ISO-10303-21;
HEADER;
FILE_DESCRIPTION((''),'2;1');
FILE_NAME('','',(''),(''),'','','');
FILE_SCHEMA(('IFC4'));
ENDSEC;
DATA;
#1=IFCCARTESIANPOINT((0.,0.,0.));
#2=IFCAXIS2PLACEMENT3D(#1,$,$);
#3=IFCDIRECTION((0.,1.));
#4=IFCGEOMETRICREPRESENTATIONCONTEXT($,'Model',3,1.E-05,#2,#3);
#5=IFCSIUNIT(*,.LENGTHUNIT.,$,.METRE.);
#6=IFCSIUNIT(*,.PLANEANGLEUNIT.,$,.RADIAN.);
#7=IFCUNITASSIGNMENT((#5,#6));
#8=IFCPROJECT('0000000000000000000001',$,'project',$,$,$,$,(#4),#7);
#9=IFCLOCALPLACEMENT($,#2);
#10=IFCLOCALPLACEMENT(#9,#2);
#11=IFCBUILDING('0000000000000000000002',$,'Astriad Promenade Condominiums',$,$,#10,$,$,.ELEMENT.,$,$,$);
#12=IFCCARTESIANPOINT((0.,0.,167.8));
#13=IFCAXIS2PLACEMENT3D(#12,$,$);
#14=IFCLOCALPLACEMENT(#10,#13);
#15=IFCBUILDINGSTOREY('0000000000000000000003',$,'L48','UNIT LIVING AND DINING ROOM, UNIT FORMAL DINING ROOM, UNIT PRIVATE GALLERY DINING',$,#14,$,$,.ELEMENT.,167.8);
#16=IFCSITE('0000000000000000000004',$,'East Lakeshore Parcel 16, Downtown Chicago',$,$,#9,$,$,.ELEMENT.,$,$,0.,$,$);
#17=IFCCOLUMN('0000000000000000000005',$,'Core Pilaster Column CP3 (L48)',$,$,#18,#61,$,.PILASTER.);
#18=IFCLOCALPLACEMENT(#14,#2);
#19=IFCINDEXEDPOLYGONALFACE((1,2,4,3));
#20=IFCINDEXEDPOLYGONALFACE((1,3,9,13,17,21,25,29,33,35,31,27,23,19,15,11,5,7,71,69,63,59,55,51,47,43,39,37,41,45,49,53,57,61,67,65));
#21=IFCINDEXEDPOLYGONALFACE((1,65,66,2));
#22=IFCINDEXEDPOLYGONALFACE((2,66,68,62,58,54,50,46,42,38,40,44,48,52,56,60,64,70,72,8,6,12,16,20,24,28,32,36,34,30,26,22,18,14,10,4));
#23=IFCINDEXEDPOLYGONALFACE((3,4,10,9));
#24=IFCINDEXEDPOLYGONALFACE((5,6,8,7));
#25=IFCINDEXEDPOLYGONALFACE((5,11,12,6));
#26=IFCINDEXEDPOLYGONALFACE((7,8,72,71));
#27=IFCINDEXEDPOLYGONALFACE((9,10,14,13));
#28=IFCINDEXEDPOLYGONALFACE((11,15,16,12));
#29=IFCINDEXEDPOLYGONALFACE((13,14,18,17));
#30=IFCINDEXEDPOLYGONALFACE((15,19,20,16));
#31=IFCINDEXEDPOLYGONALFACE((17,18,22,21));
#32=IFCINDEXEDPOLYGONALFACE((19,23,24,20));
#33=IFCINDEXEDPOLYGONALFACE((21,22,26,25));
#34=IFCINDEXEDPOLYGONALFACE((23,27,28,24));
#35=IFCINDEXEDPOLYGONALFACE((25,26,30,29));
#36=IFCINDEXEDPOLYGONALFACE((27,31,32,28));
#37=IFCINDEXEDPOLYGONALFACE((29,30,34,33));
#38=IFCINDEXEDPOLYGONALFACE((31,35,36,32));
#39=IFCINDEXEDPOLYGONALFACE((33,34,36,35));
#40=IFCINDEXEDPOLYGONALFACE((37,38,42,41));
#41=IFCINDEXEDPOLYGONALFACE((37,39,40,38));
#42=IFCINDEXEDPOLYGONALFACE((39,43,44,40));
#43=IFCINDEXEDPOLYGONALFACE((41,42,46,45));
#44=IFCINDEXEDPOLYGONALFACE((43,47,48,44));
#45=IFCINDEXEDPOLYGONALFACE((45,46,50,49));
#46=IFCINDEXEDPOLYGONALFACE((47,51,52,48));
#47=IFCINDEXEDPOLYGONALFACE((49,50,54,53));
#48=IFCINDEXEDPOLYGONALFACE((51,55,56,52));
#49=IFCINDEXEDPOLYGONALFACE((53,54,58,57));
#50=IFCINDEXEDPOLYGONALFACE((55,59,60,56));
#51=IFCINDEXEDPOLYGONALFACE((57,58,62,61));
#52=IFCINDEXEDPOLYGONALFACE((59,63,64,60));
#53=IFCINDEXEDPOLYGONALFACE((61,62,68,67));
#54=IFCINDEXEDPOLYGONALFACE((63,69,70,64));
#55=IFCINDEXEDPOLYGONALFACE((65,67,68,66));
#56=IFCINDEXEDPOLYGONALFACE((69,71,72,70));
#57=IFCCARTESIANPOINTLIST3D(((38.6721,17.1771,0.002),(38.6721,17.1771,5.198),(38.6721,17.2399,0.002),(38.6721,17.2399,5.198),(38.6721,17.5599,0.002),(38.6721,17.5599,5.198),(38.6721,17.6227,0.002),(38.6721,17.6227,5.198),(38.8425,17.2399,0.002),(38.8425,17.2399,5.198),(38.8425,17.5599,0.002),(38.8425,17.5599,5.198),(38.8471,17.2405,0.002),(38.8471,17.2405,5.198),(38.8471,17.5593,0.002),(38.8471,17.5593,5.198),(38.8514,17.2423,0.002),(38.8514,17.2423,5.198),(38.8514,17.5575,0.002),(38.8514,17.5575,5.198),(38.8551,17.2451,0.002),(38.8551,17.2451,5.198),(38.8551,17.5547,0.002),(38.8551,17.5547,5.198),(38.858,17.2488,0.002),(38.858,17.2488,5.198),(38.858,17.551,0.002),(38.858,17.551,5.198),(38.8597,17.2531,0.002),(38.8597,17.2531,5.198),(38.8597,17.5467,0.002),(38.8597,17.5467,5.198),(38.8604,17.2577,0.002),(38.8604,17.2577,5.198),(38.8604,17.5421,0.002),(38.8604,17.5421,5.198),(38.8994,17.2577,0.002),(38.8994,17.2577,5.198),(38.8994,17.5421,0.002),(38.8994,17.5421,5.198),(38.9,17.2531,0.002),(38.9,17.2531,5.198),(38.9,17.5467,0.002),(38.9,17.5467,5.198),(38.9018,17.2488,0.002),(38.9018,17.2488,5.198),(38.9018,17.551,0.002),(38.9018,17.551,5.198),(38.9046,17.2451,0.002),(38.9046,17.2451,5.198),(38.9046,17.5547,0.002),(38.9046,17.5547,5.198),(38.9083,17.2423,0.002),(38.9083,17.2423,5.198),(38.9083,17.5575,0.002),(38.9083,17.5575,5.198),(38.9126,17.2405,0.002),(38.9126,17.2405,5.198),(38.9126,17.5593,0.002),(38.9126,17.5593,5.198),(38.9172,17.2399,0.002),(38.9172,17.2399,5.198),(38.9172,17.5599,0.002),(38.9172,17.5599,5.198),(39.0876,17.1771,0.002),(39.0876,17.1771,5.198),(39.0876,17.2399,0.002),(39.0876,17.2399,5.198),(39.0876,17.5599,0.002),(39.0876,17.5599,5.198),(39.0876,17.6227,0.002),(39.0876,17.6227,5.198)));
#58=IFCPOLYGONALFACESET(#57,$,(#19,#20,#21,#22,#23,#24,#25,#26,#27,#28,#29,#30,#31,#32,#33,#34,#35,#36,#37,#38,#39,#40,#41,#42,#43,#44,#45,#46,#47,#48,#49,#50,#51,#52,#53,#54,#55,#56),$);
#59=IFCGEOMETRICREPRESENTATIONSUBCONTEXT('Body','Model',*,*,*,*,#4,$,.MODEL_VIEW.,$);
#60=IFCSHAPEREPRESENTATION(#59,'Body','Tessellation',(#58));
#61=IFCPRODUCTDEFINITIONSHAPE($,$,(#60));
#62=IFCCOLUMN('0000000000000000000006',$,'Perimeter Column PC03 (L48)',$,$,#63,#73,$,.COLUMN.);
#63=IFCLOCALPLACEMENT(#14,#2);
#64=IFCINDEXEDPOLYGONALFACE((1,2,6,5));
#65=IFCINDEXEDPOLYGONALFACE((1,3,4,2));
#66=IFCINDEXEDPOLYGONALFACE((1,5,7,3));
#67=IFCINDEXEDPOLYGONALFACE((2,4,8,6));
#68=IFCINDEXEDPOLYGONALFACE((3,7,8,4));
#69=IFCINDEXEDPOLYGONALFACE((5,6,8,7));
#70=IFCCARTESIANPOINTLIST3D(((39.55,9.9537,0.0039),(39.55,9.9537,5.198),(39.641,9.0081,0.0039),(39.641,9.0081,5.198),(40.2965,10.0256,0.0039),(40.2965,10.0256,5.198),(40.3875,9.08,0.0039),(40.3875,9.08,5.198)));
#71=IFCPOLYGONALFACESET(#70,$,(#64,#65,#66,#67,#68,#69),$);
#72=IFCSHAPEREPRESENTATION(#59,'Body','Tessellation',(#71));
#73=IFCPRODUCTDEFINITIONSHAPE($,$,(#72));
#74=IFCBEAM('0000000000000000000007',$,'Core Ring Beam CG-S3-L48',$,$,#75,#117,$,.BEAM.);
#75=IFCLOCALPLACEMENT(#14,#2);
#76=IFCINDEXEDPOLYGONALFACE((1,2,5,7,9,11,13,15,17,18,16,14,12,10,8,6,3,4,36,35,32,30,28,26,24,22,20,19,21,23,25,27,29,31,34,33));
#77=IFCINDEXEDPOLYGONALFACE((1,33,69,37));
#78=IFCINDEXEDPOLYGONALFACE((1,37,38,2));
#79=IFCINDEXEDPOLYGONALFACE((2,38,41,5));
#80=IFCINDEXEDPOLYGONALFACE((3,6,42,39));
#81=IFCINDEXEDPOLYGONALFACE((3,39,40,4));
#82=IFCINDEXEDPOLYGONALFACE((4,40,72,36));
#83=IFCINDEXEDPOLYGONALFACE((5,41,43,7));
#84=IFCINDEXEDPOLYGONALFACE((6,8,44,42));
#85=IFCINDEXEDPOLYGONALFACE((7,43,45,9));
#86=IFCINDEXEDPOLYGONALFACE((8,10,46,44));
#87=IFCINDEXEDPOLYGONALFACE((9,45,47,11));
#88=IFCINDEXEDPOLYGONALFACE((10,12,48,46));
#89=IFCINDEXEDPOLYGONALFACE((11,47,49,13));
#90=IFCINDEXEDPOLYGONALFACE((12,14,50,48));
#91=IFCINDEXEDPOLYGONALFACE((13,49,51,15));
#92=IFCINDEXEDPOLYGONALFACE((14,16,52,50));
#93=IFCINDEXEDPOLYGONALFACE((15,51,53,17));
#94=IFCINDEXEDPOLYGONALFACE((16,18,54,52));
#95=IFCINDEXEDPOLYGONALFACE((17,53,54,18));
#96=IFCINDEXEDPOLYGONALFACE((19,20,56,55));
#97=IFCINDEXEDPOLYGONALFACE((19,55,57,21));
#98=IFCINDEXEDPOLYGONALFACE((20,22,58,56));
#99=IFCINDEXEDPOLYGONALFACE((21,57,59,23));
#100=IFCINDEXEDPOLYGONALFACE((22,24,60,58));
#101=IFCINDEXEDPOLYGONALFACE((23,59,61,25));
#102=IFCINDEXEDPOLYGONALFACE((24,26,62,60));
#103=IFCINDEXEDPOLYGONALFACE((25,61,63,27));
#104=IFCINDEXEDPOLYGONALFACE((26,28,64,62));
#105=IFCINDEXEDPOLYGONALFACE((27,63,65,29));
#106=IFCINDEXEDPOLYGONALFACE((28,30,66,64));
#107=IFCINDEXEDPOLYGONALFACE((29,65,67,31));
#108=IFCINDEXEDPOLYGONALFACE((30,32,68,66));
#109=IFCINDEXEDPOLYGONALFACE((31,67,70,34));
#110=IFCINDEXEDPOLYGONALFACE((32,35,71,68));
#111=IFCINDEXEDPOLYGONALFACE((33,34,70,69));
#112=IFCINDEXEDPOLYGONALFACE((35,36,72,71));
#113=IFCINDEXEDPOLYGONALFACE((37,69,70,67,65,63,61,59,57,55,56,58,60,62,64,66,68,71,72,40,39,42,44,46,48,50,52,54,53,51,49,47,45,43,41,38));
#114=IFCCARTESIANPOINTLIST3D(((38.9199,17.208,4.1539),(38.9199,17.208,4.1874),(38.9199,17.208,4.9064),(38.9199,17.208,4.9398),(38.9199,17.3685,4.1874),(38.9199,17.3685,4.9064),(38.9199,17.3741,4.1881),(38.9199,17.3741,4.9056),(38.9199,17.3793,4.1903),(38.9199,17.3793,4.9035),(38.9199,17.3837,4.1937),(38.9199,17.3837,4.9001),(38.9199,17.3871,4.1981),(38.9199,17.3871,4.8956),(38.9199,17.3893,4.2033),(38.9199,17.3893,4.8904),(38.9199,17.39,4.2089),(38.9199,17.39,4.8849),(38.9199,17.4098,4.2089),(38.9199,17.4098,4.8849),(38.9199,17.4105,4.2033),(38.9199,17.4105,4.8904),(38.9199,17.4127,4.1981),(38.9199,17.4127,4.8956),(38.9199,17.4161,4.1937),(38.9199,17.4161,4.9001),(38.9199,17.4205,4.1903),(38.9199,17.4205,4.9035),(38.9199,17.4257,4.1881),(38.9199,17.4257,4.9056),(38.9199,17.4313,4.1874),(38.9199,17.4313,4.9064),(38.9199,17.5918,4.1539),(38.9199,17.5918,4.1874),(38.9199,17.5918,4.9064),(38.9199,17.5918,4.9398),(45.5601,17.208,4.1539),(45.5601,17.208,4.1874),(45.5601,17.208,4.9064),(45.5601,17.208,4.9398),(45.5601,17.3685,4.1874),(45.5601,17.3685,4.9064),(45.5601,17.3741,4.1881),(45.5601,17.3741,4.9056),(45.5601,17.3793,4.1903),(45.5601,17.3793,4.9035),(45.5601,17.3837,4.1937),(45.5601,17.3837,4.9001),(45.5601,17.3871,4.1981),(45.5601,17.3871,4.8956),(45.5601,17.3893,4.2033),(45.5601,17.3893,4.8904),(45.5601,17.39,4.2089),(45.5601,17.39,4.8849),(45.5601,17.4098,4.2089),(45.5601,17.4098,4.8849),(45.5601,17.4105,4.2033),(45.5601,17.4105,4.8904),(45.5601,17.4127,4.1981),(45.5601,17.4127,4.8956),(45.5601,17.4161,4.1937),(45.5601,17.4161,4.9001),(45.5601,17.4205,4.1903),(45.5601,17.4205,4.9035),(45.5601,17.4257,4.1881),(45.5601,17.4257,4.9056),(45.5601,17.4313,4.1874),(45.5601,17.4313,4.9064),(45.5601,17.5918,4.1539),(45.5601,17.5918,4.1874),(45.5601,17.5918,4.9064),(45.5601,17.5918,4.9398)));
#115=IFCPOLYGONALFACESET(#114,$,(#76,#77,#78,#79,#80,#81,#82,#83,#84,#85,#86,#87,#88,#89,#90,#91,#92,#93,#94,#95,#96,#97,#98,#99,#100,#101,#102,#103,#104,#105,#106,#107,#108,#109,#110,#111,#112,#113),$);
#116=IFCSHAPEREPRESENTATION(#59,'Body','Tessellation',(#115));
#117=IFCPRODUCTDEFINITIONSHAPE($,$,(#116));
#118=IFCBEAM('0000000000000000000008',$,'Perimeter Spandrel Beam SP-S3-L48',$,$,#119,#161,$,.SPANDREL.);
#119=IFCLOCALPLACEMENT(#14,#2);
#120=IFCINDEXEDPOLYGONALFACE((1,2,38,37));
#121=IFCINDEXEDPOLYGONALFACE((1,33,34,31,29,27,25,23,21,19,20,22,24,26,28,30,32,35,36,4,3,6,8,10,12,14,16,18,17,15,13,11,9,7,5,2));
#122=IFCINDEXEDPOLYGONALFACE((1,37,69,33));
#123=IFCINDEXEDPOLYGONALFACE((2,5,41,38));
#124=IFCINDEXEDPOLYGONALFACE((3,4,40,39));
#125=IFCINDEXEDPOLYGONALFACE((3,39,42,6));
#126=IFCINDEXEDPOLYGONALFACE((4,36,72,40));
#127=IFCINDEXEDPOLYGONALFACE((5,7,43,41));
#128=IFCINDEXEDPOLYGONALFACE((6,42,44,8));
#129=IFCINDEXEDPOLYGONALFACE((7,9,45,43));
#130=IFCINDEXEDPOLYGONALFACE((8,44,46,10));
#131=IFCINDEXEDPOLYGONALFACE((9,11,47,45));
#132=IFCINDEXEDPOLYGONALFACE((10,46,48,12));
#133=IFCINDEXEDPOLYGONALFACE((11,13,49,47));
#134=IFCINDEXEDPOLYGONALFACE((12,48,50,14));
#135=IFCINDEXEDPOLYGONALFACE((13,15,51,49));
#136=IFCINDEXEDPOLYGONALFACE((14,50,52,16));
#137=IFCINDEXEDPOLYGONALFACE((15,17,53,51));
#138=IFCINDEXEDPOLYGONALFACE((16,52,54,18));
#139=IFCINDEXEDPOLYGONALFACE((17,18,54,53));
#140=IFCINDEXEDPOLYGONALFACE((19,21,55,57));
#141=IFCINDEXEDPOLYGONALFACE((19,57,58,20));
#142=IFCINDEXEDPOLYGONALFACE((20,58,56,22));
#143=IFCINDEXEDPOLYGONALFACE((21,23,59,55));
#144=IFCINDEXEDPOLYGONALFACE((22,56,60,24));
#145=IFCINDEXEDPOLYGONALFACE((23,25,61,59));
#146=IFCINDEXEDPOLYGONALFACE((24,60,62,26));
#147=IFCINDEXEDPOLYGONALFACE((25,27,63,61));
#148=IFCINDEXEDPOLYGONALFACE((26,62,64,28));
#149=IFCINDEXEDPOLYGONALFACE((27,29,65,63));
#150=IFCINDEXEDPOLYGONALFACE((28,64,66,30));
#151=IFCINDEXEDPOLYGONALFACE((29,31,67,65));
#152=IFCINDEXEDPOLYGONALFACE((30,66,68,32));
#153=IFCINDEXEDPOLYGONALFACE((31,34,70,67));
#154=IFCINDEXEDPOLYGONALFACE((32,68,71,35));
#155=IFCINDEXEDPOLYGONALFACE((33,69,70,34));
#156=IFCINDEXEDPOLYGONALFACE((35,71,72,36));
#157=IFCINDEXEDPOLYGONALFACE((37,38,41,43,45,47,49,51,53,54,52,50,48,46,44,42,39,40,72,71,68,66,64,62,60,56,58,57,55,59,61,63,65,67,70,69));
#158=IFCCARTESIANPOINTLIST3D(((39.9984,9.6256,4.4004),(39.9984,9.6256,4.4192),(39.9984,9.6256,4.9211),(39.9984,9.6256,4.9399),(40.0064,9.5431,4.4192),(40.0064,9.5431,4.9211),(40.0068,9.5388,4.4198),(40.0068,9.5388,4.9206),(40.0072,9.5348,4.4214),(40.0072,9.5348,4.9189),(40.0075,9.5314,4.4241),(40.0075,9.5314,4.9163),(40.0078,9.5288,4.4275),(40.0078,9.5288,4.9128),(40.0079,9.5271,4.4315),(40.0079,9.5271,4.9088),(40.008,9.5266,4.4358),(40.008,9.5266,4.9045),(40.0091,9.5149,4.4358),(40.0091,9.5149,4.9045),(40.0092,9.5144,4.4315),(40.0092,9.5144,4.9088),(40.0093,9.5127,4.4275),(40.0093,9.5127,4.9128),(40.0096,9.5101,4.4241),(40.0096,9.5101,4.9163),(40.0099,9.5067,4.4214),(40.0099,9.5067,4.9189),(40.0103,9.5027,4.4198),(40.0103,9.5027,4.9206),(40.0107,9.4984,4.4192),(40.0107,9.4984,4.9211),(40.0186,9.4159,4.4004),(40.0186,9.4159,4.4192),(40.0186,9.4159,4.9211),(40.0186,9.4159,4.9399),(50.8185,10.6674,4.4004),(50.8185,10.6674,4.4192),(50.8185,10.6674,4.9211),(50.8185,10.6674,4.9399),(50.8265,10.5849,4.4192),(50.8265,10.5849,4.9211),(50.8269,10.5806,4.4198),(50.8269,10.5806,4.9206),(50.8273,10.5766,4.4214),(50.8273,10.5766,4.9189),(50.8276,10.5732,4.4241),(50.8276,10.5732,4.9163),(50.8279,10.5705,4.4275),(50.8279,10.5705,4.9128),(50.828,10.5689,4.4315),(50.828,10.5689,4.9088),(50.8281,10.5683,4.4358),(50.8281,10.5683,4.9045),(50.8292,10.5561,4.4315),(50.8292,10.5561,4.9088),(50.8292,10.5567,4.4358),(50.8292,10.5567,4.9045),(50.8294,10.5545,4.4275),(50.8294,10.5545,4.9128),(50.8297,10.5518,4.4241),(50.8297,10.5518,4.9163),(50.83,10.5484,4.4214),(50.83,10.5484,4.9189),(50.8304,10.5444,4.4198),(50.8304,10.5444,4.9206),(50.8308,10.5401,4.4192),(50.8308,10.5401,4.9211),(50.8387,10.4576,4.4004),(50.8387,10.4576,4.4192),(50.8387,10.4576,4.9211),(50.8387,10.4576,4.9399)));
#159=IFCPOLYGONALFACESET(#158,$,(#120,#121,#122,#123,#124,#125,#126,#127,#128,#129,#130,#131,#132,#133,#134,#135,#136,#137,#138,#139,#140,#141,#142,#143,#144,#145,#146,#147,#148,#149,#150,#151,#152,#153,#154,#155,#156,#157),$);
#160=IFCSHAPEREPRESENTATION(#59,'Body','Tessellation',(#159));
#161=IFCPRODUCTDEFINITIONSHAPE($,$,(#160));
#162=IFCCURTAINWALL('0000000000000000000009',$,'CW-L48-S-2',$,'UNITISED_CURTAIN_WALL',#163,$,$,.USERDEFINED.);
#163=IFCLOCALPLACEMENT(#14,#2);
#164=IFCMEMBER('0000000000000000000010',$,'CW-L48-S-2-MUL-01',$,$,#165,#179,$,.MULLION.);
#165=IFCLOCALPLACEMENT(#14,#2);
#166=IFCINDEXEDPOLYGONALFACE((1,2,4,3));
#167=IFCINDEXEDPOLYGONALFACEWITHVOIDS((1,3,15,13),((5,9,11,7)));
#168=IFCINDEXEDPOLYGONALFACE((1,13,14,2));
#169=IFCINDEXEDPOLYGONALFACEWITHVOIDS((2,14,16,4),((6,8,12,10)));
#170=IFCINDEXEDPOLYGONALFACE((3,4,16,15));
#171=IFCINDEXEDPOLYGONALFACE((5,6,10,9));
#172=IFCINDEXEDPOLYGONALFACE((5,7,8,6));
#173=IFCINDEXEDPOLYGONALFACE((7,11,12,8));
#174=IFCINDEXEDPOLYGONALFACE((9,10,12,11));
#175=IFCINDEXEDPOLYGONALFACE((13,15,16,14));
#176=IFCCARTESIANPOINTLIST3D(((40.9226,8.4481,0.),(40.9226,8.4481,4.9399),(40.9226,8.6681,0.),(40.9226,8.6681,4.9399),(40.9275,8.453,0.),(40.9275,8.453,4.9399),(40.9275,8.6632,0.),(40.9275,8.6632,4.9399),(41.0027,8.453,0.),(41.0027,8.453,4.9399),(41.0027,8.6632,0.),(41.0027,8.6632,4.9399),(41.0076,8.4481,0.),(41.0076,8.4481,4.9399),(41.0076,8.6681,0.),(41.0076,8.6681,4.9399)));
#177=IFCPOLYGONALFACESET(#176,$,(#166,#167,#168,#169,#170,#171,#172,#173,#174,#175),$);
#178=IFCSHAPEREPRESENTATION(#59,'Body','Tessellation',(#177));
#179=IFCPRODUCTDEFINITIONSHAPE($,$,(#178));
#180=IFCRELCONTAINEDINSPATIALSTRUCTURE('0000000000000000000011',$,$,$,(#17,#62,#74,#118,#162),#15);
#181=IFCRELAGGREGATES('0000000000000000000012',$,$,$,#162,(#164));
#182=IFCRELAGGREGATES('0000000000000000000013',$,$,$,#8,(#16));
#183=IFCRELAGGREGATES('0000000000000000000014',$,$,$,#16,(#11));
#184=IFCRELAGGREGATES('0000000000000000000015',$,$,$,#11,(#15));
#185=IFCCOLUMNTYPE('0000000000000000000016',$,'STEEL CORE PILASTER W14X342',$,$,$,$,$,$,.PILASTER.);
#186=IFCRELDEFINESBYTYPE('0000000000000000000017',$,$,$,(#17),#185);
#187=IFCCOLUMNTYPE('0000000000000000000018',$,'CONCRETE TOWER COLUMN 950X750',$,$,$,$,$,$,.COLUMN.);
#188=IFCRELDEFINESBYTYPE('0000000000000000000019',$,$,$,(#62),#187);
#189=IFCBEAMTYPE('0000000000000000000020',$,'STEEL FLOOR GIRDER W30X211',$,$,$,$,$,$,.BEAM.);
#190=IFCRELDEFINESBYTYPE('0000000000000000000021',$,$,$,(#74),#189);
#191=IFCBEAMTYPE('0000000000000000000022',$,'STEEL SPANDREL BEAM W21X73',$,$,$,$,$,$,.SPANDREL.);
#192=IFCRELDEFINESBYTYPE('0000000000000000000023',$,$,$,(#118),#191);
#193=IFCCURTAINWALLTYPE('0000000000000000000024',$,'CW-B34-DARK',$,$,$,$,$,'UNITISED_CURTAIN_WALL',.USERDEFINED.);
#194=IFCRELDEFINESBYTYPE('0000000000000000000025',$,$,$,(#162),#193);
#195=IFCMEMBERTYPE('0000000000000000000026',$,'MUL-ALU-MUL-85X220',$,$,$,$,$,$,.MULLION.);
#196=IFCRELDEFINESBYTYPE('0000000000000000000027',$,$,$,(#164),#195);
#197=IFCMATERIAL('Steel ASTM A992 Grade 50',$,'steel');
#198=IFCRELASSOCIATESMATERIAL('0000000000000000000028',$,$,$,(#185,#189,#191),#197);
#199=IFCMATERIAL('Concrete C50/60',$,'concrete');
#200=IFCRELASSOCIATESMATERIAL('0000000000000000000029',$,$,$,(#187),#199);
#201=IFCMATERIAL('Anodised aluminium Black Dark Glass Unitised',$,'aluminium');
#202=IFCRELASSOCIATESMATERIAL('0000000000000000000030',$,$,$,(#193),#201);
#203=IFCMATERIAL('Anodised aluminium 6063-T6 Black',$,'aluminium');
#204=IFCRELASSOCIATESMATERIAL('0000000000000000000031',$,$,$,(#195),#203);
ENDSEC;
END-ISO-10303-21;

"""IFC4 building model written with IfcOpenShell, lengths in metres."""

from ifc_helpers import new_model, si_unit, direction, frame, origin, origin_2d, place, context, subcontext, project, spatial, rectangle, hollow_rectangle, i_section, extrude, source, transform, mapped, material, material_profile, profile_set, type_object, type_shapes, element, aggregate, save


model = new_model("IFC4")

# Units and contexts
model_context = context("Model", 3, precision=1e-05, world=origin(), true_north=direction((0.0, 1.0)))
body_context = subcontext(model_context, "Body", "Model", "MODEL_VIEW")
ifc_project = project(units=[si_unit("LENGTHUNIT", "METRE"), si_unit("PLANEANGLEUNIT", "RADIAN")], contexts=[model_context])

# Site, building, storey
site_placement = place(None, origin())
site = spatial("IfcSite", under=ifc_project, at=site_placement, Name="East Lakeshore Parcel 16, Downtown Chicago", CompositionType="ELEMENT", RefElevation=0.0)
building_placement = place(site_placement, origin())
building = spatial("IfcBuilding", under=site, at=building_placement, Name="Astriad Promenade Condominiums", CompositionType="ELEMENT")
storey_placement = place(building_placement, frame((0.0, 0.0, 167.8)))
storey = spatial("IfcBuildingStorey", under=building, at=storey_placement, Name="L48", Description="UNIT LIVING AND DINING ROOM, UNIT FORMAL DINING ROOM, UNIT PRIVATE GALLERY DINING", CompositionType="ELEMENT", Elevation=167.8)

# Columns
ifc_material_1 = material(Name="Steel ASTM A992 Grade 50", Category="steel")
ifc_material_profile_1 = material_profile(ifc_material_1, i_section(OverallWidth=0.4155, OverallDepth=0.4456, WebThickness=0.0391, FlangeThickness=0.0627, FilletRadius=0.0178, at=origin_2d()), Name="W14X342")
ifc_profile_set_1 = profile_set([ifc_material_profile_1], Name="Steel ASTM A992 Grade 50")
column_type_1 = type_object("IfcColumnType", Name="STEEL CORE PILASTER W14X342", PredefinedType="PILASTER", material=ifc_profile_set_1)
shared_shape_1 = source(origin(), body_context, "Body", "SweptSolid", [
    extrude(i_section(OverallWidth=0.4155, OverallDepth=0.4456, WebThickness=0.0391, FlangeThickness=0.0627, FilletRadius=0.0178, at=origin_2d()), origin(), (0.0, 0.0, 1.0), 5.196),
])
type_shapes(column_type_1, [shared_shape_1])
column_1_placement = place(storey_placement, frame((38.8799, 17.3999, 0.002), z_axis=(0.0, 0.0, 1.0), x_axis=(1.0, 0.0, 0.0)))
element("IfcColumn", 1, at=column_1_placement, inside=storey, type_object=column_type_1, Name="Core Pilaster Column CP3 (L48)", PredefinedType="PILASTER", context=body_context, shape_type="MappedRepresentation", body=[
    mapped(shared_shape_1, transform((0.0, 0.0, 0.0), scale=1.0)),
])
ifc_material_2 = material(Name="Concrete C50/60", Category="concrete")
ifc_material_profile_2 = material_profile(ifc_material_2, rectangle(XDim=0.75, YDim=0.95, at=origin_2d()), Name="RC-COL-950X750")
ifc_profile_set_2 = profile_set([ifc_material_profile_2], Name="Concrete C50/60")
column_type_2 = type_object("IfcColumnType", Name="CONCRETE TOWER COLUMN 950X750", PredefinedType="COLUMN", material=ifc_profile_set_2)
shared_shape_2 = source(origin(), body_context, "Body", "SweptSolid", [
    extrude(rectangle(XDim=0.75, YDim=0.95, at=origin_2d()), origin(), (0.0, 0.0, 1.0), 5.1941),
])
type_shapes(column_type_2, [shared_shape_2])
column_2_placement = place(storey_placement, frame((39.9688, 9.5168, 0.0039), z_axis=(0.0, 0.0, 1.0), x_axis=(0.995396, 0.095846, 0.0)))
element("IfcColumn", 2, at=column_2_placement, inside=storey, type_object=column_type_2, Name="Perimeter Column PC03 (L48)", PredefinedType="COLUMN", context=body_context, shape_type="MappedRepresentation", body=[
    mapped(shared_shape_2, transform((0.0, 0.0, 0.0), scale=1.0)),
])

# Beams
ifc_material_profile_3 = material_profile(ifc_material_1, i_section(OverallWidth=0.3838, OverallDepth=0.7859, WebThickness=0.0198, FlangeThickness=0.0334, FilletRadius=0.0215, at=origin_2d()), Name="W30X211")
ifc_profile_set_3 = profile_set([ifc_material_profile_3], Name="Steel ASTM A992 Grade 50")
beam_type_1 = type_object("IfcBeamType", Name="STEEL FLOOR GIRDER W30X211", PredefinedType="BEAM", material=ifc_profile_set_3)
shared_shape_3 = source(origin(), body_context, "Body", "SweptSolid", [
    extrude(i_section(OverallWidth=0.3838, OverallDepth=0.7859, WebThickness=0.0198, FlangeThickness=0.0334, FilletRadius=0.0215, at=origin_2d()), origin(), (0.0, 0.0, 1.0), 6.6401),
])
type_shapes(beam_type_1, [shared_shape_3])
beam_1_placement = place(storey_placement, frame((38.9199, 17.3999, 4.5469), z_axis=(1.0, 0.0, 0.0), x_axis=(0.0, 1.0, 0.0)))
element("IfcBeam", 3, at=beam_1_placement, inside=storey, type_object=beam_type_1, Name="Core Ring Beam CG-S3-L48", PredefinedType="BEAM", context=body_context, shape_type="MappedRepresentation", body=[
    mapped(shared_shape_3, transform((0.0, 0.0, 0.0), scale=1.0)),
])
ifc_material_profile_4 = material_profile(ifc_material_1, i_section(OverallWidth=0.2107, OverallDepth=0.5396, WebThickness=0.0117, FlangeThickness=0.0188, FilletRadius=0.0166, at=origin_2d()), Name="W21X73")
ifc_profile_set_4 = profile_set([ifc_material_profile_4], Name="Steel ASTM A992 Grade 50")
beam_type_2 = type_object("IfcBeamType", Name="STEEL SPANDREL BEAM W21X73", PredefinedType="SPANDREL", material=ifc_profile_set_4)
shared_shape_4 = source(origin(), body_context, "Body", "SweptSolid", [
    extrude(i_section(OverallWidth=0.2107, OverallDepth=0.5396, WebThickness=0.0117, FlangeThickness=0.0188, FilletRadius=0.0166, at=origin_2d()), origin(), (0.0, 0.0, 1.0), 10.8701),
])
type_shapes(beam_type_2, [shared_shape_4])
beam_2_placement = place(storey_placement, frame((40.0085, 9.5208, 4.6702), z_axis=(0.995397, 0.095836, 0.0), x_axis=(-0.095836, 0.995397, 0.0)))
element("IfcBeam", 4, at=beam_2_placement, inside=storey, type_object=beam_type_2, Name="Perimeter Spandrel Beam SP-S3-L48", PredefinedType="SPANDREL", context=body_context, shape_type="MappedRepresentation", body=[
    mapped(shared_shape_4, transform((0.0, 0.0, 0.0), scale=1.0)),
])

# Curtain wall, member
ifc_material_3 = material(Name="Anodised aluminium Black Dark Glass Unitised", Category="aluminium")
curtain_wall_type = type_object("IfcCurtainWallType", Name="CW-B34-DARK", ElementType="UNITISED_CURTAIN_WALL", PredefinedType="USERDEFINED", material=ifc_material_3)
curtain_wall_1_placement = place(storey_placement, origin())
curtain_wall_1 = element("IfcCurtainWall", 5, at=curtain_wall_1_placement, inside=storey, type_object=curtain_wall_type, Name="CW-L48-S-2", ObjectType="UNITISED_CURTAIN_WALL", PredefinedType="USERDEFINED")
ifc_material_4 = material(Name="Anodised aluminium 6063-T6 Black", Category="aluminium")
ifc_material_profile_5 = material_profile(ifc_material_4, hollow_rectangle(XDim=0.085, YDim=0.22, WallThickness=0.0049, at=origin_2d()), Name="ALU-MUL-85X220")
ifc_profile_set_5 = profile_set([ifc_material_profile_5], Name="Anodised aluminium 6063-T6 Black")
member_type_1 = type_object("IfcMemberType", Name="MUL-ALU-MUL-85X220", PredefinedType="MULLION", material=ifc_profile_set_5)
shared_shape_5 = source(origin(), body_context, "Body", "SweptSolid", [
    extrude(hollow_rectangle(XDim=0.085, YDim=0.22, WallThickness=0.0049, at=origin_2d()), origin(), (0.0, 0.0, 1.0), 4.9399),
])
type_shapes(member_type_1, [shared_shape_5])
member_1_placement = place(storey_placement, frame((40.9651, 8.5581, 0.0), z_axis=(0.0, 0.0, 1.0), x_axis=(1.0, 0.0, 0.0)))
member_1 = element("IfcMember", 6, at=member_1_placement, type_object=member_type_1, Name="CW-L48-S-2-MUL-01", PredefinedType="MULLION", context=body_context, shape_type="MappedRepresentation", body=[
    mapped(shared_shape_5, transform((0.0, 0.0, 0.0), scale=1.0)),
])
aggregate(curtain_wall_1, [member_1])

save(model, "model.ifc")
